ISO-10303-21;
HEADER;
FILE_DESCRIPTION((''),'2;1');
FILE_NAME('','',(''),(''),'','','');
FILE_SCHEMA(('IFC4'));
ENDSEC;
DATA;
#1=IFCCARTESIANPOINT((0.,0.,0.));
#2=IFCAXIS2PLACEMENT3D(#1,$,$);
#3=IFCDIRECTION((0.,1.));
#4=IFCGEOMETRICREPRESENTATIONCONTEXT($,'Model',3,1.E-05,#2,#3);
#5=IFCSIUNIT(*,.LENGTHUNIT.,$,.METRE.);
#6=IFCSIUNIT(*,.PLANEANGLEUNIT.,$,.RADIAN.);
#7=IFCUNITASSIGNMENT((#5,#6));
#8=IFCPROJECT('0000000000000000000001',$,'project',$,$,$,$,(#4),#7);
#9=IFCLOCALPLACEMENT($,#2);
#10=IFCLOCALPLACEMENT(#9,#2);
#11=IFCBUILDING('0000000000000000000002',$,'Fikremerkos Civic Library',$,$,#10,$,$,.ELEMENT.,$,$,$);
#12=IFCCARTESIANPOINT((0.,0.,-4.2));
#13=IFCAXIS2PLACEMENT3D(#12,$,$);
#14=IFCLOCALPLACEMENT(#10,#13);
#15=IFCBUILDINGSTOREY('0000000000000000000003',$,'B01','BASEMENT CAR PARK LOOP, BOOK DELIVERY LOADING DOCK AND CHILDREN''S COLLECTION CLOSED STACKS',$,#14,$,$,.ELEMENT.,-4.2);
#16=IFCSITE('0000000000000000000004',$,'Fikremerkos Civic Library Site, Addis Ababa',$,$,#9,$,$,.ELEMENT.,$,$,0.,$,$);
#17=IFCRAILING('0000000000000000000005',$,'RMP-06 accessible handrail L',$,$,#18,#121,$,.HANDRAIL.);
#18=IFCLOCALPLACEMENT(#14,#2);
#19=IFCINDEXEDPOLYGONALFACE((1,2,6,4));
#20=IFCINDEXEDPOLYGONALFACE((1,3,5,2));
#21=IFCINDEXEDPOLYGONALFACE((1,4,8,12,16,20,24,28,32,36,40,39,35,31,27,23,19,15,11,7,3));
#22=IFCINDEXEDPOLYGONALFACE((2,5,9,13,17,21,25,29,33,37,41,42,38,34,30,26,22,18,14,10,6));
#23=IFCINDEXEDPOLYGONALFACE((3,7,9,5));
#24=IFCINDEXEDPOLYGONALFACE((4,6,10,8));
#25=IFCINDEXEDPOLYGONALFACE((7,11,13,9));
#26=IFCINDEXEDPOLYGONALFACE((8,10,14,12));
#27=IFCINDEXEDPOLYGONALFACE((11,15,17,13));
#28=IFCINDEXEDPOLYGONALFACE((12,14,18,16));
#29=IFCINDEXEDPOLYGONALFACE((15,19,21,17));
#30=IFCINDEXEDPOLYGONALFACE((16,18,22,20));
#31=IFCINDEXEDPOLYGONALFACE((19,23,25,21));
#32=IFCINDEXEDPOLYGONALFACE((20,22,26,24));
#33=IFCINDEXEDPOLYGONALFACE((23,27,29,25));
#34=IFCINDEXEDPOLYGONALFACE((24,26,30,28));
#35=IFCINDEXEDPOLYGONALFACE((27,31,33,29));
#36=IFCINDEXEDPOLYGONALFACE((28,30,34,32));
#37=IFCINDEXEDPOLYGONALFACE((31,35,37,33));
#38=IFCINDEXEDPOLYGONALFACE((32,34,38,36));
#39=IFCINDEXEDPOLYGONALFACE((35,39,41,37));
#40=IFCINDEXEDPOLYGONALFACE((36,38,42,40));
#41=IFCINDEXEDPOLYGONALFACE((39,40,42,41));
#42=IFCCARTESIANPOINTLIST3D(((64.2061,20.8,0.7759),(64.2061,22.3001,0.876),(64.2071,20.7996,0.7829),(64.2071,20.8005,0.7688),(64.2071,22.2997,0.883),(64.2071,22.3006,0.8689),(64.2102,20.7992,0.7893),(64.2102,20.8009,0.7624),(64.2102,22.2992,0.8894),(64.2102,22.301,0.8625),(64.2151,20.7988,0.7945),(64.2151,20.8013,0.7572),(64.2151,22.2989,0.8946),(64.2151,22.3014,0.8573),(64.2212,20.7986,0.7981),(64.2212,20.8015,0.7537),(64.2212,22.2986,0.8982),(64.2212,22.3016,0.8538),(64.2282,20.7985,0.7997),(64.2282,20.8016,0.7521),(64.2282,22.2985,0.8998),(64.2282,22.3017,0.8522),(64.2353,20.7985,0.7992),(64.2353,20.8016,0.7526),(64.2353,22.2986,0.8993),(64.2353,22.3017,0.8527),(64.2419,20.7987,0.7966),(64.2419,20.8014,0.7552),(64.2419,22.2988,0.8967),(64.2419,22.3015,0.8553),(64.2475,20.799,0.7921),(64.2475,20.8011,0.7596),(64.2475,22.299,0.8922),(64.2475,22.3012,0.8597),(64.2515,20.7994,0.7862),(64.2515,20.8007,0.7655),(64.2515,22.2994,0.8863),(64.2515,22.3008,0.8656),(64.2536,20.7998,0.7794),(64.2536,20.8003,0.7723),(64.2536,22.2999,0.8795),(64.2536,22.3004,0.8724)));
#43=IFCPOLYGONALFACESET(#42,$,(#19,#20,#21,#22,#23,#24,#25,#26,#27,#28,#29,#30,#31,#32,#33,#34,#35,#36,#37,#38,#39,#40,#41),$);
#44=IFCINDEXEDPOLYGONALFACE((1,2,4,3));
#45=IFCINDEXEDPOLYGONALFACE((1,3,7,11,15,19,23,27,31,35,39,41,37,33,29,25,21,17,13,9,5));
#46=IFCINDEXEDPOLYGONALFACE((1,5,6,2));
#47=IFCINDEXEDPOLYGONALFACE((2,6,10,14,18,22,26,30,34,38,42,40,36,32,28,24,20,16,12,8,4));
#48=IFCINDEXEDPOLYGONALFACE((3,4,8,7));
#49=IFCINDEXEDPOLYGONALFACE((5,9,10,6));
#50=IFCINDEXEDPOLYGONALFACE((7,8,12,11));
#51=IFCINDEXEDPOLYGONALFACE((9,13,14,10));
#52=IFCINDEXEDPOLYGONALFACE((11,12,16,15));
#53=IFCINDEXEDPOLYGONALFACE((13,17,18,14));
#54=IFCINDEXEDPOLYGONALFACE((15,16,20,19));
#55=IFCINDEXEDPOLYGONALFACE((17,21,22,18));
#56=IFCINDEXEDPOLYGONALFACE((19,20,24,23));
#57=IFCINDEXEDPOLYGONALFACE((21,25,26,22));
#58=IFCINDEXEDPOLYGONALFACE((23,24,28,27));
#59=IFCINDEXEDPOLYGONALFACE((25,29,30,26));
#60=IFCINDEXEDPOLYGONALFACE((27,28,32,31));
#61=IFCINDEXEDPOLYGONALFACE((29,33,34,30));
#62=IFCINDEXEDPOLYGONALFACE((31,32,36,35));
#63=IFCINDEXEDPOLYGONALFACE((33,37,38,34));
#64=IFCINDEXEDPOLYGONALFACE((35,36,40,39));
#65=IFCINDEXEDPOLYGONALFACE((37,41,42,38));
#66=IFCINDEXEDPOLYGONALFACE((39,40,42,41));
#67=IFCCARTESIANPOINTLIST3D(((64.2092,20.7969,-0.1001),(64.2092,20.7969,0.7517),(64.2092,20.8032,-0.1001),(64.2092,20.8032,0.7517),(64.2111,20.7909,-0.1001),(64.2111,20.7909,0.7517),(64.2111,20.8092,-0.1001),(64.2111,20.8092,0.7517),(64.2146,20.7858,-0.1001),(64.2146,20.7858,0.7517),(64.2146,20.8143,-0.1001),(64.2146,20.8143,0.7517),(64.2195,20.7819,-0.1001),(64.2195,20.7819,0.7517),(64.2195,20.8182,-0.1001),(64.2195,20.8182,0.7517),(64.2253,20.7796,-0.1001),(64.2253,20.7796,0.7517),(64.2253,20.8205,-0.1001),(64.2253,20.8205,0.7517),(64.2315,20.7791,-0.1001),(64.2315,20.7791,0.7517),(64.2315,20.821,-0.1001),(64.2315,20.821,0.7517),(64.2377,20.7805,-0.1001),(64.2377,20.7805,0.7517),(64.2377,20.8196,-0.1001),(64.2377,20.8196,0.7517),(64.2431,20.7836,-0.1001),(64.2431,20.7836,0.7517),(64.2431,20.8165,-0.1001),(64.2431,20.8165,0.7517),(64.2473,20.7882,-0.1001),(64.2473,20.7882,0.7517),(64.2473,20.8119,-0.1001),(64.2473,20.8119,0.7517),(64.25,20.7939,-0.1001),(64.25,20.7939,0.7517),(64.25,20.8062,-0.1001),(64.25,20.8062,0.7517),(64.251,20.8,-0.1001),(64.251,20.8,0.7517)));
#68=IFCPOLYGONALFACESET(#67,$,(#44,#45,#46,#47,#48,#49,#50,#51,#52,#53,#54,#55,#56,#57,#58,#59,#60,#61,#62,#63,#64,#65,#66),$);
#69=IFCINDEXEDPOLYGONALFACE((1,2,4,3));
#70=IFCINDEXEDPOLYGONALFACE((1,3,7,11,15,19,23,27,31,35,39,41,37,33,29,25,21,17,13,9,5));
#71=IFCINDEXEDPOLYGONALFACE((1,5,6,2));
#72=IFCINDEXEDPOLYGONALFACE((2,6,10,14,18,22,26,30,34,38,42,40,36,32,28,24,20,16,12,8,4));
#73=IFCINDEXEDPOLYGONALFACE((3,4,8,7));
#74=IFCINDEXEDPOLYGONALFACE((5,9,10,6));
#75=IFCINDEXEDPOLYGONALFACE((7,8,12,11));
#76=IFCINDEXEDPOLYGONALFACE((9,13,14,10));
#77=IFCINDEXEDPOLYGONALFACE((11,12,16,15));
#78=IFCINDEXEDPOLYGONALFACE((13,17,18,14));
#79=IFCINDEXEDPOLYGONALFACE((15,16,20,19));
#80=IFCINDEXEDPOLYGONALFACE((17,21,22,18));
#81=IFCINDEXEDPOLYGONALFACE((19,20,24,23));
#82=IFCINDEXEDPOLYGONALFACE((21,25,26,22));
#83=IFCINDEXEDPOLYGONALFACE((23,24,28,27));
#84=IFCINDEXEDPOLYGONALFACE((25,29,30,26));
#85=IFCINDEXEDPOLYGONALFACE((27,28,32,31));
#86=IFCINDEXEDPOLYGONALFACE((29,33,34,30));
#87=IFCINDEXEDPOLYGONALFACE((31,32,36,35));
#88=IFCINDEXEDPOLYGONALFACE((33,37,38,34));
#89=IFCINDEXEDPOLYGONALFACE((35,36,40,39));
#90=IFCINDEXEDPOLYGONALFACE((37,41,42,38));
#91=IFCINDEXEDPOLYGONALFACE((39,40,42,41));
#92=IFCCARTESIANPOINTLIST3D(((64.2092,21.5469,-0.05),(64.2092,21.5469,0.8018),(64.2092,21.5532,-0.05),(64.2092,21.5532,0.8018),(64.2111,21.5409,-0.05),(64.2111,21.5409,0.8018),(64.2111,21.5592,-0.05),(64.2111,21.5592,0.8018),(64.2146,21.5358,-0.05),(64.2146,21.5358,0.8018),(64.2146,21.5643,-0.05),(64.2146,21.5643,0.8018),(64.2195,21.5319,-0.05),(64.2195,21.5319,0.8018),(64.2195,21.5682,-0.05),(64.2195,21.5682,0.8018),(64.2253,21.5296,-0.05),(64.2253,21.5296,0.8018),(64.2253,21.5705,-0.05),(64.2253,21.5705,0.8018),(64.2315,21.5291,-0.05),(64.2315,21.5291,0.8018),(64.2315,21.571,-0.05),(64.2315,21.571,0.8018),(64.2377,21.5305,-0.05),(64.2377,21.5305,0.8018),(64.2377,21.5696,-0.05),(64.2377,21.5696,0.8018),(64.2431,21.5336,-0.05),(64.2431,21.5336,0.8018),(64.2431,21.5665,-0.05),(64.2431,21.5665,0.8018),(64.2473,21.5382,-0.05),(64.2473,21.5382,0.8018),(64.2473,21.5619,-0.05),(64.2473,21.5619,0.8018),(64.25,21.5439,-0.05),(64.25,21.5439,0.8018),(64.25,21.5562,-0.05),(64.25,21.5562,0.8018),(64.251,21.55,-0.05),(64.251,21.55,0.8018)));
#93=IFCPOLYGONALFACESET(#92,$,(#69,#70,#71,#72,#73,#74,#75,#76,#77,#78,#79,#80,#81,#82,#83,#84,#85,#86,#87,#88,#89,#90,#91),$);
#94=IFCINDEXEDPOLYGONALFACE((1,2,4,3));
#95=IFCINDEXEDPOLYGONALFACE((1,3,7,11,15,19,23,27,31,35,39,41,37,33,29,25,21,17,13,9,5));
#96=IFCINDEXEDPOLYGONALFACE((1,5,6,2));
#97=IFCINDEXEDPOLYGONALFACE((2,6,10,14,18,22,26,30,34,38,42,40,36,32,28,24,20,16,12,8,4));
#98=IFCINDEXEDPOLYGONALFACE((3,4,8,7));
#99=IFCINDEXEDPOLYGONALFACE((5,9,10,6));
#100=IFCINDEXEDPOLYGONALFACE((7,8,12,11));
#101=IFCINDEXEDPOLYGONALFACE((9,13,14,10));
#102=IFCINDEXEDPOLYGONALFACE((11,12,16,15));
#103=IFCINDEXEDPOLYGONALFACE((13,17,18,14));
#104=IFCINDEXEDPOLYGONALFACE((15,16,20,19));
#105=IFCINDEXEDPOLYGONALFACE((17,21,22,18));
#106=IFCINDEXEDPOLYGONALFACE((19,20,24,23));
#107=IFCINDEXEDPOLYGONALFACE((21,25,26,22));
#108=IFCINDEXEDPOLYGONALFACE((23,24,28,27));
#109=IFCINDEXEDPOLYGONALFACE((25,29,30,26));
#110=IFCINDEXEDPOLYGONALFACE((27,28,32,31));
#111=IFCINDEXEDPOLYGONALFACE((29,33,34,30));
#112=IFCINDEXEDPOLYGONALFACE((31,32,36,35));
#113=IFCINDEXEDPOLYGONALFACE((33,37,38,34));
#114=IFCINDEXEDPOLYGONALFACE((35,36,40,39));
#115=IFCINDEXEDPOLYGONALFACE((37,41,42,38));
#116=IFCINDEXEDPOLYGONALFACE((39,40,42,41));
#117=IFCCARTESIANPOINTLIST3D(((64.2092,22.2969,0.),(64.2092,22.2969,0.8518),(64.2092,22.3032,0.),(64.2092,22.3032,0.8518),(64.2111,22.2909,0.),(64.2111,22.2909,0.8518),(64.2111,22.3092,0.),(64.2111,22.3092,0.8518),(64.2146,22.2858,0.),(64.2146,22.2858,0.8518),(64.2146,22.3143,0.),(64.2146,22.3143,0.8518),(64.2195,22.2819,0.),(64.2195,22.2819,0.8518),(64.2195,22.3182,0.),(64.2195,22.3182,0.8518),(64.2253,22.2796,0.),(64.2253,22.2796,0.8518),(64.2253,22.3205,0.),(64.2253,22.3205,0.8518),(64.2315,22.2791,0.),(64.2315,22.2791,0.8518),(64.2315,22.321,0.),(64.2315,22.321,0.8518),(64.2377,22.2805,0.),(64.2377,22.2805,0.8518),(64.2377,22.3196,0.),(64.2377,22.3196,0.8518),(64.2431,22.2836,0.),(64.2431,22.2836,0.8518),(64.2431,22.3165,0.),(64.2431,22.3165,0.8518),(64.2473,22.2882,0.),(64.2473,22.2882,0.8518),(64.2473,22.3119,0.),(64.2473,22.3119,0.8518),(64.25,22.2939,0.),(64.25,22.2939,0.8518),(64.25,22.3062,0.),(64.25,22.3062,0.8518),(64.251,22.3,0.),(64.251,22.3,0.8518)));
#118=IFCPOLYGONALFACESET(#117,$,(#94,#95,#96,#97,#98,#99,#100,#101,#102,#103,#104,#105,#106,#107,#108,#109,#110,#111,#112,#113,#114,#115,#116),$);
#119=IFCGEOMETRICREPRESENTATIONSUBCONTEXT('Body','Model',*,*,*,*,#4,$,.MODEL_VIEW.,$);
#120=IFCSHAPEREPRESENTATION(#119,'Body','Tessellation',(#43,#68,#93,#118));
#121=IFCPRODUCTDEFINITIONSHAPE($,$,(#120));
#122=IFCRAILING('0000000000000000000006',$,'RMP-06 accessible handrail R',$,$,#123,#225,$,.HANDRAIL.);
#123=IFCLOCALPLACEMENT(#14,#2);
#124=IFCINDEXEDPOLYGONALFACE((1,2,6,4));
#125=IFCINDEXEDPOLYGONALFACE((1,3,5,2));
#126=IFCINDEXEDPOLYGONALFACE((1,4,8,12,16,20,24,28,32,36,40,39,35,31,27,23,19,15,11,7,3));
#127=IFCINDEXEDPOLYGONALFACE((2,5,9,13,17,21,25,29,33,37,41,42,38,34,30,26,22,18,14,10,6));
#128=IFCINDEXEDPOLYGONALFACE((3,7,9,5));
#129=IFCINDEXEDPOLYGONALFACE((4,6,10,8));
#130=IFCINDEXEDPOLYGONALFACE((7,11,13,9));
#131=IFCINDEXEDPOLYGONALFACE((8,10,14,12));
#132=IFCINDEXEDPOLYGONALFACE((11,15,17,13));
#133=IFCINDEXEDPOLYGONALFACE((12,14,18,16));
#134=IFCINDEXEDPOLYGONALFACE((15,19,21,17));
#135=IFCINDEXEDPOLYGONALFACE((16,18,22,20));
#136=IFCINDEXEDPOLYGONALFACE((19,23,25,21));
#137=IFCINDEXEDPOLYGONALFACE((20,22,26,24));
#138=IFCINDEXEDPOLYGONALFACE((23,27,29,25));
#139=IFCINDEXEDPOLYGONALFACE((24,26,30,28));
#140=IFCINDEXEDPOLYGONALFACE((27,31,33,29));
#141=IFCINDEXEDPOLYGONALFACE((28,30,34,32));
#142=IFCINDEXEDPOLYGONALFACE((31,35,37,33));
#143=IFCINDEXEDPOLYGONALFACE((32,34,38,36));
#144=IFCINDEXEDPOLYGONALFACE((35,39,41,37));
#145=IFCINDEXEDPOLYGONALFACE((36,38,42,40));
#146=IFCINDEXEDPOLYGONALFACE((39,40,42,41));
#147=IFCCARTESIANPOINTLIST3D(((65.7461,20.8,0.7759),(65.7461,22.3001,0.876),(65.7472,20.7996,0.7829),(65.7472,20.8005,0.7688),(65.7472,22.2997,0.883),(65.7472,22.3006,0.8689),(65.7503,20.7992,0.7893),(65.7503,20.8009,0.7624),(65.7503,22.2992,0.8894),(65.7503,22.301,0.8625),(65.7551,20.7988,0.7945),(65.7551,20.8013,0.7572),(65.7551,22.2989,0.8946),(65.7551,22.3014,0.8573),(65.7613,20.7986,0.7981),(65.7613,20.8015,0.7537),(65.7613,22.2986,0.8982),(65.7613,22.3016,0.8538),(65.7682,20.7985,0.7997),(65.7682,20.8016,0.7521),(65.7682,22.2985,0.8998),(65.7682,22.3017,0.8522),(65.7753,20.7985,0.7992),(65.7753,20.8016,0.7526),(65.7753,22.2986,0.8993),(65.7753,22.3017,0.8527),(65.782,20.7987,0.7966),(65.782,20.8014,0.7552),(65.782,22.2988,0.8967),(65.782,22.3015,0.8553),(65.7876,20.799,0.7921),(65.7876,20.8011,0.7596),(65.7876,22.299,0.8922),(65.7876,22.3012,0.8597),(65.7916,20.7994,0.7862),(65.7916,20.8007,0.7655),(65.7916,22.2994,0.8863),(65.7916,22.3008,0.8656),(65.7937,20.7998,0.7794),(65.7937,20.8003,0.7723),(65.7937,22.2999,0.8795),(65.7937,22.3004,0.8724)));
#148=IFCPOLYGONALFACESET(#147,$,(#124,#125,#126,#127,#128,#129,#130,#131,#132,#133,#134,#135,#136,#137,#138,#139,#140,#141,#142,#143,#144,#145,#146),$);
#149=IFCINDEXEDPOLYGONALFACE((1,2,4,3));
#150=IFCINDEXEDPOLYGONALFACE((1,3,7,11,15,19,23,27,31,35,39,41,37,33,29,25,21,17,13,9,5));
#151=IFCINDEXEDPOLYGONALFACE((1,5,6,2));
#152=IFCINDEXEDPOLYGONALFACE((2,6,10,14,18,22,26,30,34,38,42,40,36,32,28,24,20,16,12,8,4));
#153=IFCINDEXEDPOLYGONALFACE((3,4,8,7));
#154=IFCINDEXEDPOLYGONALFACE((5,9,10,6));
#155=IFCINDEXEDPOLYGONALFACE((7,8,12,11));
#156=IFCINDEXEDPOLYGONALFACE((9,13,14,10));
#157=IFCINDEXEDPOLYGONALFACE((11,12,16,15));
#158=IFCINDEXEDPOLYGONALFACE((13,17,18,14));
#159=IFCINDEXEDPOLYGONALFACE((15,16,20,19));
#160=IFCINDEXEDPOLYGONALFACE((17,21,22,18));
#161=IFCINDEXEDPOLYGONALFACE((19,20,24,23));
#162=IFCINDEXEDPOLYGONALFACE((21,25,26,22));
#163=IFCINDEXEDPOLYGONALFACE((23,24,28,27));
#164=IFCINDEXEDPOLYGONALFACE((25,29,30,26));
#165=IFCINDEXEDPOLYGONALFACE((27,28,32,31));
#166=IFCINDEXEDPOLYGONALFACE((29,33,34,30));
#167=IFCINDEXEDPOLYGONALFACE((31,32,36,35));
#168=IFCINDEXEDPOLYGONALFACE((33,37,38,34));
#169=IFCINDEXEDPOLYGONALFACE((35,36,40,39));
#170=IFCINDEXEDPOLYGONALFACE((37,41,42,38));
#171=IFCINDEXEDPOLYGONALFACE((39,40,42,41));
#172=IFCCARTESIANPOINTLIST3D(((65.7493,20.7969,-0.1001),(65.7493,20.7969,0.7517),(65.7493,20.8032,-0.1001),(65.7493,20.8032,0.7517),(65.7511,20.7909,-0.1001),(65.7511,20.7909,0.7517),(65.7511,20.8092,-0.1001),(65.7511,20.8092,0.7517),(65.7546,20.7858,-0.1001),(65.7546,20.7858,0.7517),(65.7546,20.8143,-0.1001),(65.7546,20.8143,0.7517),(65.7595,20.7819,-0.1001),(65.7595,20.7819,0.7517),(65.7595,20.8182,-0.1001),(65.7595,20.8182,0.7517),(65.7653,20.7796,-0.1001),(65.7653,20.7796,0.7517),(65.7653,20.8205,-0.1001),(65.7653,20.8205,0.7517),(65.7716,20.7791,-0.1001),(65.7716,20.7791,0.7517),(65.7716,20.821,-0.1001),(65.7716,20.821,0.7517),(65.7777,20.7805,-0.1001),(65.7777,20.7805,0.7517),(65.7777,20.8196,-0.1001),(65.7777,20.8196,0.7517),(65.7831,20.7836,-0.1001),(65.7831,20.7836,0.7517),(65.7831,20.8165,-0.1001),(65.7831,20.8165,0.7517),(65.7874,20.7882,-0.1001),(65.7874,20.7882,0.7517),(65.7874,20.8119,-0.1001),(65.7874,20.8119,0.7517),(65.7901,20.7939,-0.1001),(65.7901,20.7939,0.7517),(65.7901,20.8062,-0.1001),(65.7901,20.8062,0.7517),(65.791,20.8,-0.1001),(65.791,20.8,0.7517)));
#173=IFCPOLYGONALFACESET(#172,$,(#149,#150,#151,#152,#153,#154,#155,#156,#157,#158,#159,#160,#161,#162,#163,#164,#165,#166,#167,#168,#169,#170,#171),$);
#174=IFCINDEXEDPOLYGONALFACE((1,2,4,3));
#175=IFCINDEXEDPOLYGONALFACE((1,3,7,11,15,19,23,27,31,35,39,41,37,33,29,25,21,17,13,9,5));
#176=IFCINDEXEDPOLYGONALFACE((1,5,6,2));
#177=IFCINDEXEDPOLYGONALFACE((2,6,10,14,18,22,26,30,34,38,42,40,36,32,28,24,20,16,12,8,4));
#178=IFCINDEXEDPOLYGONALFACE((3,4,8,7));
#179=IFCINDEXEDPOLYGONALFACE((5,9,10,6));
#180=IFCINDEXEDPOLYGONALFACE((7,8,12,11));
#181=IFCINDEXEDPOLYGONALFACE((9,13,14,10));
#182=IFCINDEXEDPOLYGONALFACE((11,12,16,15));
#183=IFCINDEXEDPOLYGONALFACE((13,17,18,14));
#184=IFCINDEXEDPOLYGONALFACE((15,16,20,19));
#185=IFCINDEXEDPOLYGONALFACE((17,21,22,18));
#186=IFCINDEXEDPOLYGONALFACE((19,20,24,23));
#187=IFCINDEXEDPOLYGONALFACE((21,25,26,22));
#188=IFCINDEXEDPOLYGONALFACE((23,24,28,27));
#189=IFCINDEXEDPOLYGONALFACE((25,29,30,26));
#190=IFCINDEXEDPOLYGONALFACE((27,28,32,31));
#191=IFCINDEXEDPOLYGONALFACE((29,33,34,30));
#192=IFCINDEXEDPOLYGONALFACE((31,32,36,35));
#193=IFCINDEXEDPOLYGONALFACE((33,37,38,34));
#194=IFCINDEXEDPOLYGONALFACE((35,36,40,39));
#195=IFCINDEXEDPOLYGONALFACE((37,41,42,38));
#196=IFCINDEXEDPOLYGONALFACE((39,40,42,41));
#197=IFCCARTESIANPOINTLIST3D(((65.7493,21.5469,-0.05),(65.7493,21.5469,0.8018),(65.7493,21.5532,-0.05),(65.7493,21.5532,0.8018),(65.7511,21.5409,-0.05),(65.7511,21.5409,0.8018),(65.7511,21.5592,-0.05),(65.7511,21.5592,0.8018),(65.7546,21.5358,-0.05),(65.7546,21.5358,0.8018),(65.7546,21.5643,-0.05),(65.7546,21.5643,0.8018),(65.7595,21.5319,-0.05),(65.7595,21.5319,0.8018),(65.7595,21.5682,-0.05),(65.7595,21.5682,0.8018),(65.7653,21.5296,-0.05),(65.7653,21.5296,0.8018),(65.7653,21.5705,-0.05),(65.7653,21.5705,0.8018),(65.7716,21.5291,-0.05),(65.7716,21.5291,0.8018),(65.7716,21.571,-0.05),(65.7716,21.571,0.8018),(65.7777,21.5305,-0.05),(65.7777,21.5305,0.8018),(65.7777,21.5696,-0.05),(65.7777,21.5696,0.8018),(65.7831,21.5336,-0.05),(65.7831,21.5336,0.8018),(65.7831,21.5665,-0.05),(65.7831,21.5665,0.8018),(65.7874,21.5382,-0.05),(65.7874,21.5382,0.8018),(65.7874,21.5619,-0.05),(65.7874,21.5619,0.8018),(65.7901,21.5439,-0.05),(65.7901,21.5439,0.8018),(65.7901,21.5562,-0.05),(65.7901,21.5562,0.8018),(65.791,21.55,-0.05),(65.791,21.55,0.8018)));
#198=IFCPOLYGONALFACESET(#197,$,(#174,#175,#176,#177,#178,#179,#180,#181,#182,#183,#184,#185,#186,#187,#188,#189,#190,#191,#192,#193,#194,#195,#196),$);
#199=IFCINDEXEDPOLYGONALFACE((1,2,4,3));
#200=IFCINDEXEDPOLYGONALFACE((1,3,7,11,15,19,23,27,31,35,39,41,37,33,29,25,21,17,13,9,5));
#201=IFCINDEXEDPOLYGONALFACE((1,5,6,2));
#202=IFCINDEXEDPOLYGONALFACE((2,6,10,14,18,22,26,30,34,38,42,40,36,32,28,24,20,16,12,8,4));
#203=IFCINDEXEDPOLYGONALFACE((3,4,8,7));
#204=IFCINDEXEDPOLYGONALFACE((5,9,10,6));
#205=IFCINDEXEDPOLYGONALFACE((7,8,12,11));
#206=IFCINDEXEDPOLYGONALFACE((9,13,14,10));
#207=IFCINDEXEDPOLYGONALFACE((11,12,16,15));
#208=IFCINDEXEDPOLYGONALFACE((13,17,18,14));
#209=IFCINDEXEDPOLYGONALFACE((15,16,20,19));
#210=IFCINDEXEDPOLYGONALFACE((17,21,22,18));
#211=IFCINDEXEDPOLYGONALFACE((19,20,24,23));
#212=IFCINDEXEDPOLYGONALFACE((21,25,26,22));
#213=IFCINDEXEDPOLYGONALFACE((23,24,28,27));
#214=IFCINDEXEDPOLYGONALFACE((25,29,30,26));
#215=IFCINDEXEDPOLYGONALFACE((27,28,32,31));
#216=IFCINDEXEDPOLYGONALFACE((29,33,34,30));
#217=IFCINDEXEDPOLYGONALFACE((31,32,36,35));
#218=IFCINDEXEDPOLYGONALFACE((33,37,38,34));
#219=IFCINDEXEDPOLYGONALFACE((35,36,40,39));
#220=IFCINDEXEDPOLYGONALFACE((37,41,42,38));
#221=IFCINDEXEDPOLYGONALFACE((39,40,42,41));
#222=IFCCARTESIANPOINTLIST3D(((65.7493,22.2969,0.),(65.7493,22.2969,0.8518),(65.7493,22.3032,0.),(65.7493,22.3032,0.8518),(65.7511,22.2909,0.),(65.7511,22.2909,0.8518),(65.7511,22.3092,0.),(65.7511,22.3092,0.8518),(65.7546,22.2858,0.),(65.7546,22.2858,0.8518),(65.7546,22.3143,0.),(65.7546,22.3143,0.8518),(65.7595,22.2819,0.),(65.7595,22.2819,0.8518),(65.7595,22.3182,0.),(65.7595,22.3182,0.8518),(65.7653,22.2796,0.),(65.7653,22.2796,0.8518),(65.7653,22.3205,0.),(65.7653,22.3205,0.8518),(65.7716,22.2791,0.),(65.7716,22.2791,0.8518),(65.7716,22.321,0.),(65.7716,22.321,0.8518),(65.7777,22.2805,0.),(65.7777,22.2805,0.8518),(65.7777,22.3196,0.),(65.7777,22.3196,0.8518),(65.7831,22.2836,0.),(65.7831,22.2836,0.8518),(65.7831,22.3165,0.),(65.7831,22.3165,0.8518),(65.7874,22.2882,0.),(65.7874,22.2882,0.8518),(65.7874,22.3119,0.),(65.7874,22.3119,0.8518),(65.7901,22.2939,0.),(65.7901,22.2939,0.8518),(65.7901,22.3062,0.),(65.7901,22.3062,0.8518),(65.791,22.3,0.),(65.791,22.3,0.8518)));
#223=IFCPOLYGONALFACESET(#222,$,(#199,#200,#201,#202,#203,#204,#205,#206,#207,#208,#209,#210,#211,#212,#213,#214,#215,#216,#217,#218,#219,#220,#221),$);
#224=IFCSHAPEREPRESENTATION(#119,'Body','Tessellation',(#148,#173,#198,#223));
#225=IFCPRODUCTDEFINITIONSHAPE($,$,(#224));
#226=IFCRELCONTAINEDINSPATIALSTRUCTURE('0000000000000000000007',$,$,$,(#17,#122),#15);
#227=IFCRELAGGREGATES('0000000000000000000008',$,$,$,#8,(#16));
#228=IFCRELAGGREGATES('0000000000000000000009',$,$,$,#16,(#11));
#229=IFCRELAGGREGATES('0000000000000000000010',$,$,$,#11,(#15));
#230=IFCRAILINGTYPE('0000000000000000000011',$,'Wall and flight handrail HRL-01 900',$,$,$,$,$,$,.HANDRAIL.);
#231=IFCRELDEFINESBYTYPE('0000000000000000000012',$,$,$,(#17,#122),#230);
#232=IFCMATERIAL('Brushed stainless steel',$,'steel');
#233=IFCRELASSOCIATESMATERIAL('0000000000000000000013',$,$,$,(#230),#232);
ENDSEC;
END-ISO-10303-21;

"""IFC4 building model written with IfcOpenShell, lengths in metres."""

from ifc_helpers import new_model, si_unit, direction, frame, origin, origin_2d, place, context, subcontext, project, spatial, circle, extrude, material, type_object, element, save


model = new_model("IFC4")

# Units and contexts
model_context = context("Model", 3, precision=1e-05, world=origin(), true_north=direction((0.0, 1.0)))
body_context = subcontext(model_context, "Body", "Model", "MODEL_VIEW")
ifc_project = project(units=[si_unit("LENGTHUNIT", "METRE"), si_unit("PLANEANGLEUNIT", "RADIAN")], contexts=[model_context])

# Site, building, storey
site_placement = place(None, origin())
site = spatial("IfcSite", under=ifc_project, at=site_placement, Name="Fikremerkos Civic Library Site, Addis Ababa", CompositionType="ELEMENT", RefElevation=0.0)
building_placement = place(site_placement, origin())
building = spatial("IfcBuilding", under=site, at=building_placement, Name="Fikremerkos Civic Library", CompositionType="ELEMENT")
storey_placement = place(building_placement, frame((0.0, 0.0, -4.2)))
storey = spatial("IfcBuildingStorey", under=building, at=storey_placement, Name="B01", Description="BASEMENT CAR PARK LOOP, BOOK DELIVERY LOADING DOCK AND CHILDREN'S COLLECTION CLOSED STACKS", CompositionType="ELEMENT", Elevation=-4.2)

# Railings
ifc_material_1 = material(Name="Brushed stainless steel", Category="steel")
railing_type = type_object("IfcRailingType", Name="Wall and flight handrail HRL-01 900", PredefinedType="HANDRAIL", material=ifc_material_1)
for number, where, name in (
    (1, (64.23, 20.8, -0.1001), "RMP-06 accessible handrail L"),
    (2, (65.77, 20.8, -0.1001), "RMP-06 accessible handrail R"),
):
    element("IfcRailing", number, at=place(storey_placement, frame(where)), inside=storey, type_object=railing_type, Name=name, PredefinedType="HANDRAIL", context=body_context, shape_type="SweptSolid", body=[
        extrude(circle(Radius=0.0239, at=origin_2d()), frame((0.0, 0.0, 0.876), z_axis=(0.0, 0.997781, 0.066584), x_axis=(-1.0, 0.0, 0.0)), (0.0, 0.0, 1.0), 1.5034),
        extrude(circle(Radius=0.021, at=origin_2d()), origin(), (0.0, 0.0, 1.0), 0.8518),
        extrude(circle(Radius=0.021, at=origin_2d()), frame((0.0, 0.75, 0.05)), (0.0, 0.0, 1.0), 0.8518),
        extrude(circle(Radius=0.021, at=origin_2d()), frame((0.0, 1.5, 0.1001)), (0.0, 0.0, 1.0), 0.8518),
    ])

save(model, "model.ifc")
